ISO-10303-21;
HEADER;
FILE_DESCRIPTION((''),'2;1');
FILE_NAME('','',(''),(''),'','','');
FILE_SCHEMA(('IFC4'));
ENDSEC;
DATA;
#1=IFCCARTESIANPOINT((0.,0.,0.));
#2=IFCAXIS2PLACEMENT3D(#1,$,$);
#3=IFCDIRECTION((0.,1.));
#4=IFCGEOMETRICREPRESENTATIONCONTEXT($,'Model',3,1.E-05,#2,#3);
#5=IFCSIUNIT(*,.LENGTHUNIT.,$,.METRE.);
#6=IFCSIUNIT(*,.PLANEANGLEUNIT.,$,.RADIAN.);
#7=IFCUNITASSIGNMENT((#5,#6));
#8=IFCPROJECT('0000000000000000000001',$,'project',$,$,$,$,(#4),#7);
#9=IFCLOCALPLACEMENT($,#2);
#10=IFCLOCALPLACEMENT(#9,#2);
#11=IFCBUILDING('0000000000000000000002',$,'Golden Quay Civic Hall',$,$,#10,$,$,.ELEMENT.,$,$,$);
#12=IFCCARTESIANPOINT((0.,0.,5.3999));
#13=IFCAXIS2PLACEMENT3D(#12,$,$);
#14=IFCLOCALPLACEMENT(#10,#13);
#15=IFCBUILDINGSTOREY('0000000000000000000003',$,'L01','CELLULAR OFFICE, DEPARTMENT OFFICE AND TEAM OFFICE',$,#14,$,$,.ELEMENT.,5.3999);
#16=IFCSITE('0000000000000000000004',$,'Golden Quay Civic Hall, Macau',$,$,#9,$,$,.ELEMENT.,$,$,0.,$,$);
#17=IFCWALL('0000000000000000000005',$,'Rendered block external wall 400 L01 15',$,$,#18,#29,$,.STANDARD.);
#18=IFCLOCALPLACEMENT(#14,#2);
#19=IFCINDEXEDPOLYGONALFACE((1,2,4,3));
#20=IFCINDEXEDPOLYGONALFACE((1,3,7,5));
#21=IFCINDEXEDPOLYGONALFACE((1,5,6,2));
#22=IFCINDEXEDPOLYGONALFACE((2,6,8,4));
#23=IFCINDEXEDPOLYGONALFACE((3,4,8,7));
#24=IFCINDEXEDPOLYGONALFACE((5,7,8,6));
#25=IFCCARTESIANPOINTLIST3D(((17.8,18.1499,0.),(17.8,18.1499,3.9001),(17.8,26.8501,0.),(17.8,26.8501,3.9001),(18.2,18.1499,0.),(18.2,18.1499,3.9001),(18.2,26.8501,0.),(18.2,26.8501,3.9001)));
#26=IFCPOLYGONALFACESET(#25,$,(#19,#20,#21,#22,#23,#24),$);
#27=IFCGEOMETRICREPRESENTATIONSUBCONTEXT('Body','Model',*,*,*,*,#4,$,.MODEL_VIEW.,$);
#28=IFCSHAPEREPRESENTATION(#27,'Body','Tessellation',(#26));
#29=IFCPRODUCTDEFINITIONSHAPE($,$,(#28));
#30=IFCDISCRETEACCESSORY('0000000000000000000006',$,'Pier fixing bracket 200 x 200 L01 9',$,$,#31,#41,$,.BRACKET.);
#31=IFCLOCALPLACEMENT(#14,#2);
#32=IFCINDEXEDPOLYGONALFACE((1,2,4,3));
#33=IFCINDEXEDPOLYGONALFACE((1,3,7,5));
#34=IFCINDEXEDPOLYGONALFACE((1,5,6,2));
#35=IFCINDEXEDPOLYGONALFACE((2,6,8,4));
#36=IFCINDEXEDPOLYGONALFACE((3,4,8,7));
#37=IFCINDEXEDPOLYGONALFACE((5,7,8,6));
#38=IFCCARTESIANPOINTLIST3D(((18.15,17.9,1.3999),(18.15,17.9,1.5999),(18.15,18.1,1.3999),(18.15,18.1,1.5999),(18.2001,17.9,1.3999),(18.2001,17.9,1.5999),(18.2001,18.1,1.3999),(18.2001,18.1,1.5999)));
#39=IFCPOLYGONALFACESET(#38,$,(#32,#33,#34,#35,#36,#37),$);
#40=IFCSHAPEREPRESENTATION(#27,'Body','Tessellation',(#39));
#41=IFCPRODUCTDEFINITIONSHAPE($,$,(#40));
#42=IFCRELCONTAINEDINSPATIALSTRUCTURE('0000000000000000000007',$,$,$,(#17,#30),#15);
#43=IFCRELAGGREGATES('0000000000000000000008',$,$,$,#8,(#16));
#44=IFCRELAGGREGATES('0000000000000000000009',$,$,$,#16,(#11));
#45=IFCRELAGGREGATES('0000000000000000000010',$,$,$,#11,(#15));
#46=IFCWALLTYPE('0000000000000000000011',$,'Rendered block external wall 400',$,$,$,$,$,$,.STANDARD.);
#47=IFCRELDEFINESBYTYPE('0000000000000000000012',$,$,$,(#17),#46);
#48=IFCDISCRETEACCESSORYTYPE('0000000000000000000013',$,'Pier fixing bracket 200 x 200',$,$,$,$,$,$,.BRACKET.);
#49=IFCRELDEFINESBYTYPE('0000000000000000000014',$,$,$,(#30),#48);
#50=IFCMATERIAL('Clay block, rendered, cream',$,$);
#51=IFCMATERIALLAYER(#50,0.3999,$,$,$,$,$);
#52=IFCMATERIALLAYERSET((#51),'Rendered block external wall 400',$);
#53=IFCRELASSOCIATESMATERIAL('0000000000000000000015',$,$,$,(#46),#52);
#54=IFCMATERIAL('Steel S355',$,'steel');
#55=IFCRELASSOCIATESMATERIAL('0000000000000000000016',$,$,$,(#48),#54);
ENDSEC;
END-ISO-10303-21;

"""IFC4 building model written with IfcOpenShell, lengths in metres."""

from ifc_helpers import new_model, si_unit, direction, frame, frame_2d, origin, origin_2d, place, context, subcontext, project, spatial, rectangle, extrude, material, layer, layer_set, type_object, element, save


model = new_model("IFC4")

# Units and contexts
model_context = context("Model", 3, precision=1e-05, world=origin(), true_north=direction((0.0, 1.0)))
body_context = subcontext(model_context, "Body", "Model", "MODEL_VIEW")
ifc_project = project(units=[si_unit("LENGTHUNIT", "METRE"), si_unit("PLANEANGLEUNIT", "RADIAN")], contexts=[model_context])

# Site, building, storey
site_placement = place(None, origin())
site = spatial("IfcSite", under=ifc_project, at=site_placement, Name="Golden Quay Civic Hall, Macau", CompositionType="ELEMENT", RefElevation=0.0)
building_placement = place(site_placement, origin())
building = spatial("IfcBuilding", under=site, at=building_placement, Name="Golden Quay Civic Hall", CompositionType="ELEMENT")
storey_placement = place(building_placement, frame((0.0, 0.0, 5.3999)))
storey = spatial("IfcBuildingStorey", under=building, at=storey_placement, Name="L01", Description="CELLULAR OFFICE, DEPARTMENT OFFICE AND TEAM OFFICE", CompositionType="ELEMENT", Elevation=5.3999)

# Shared definitions
ifc_material_1 = material(Name="Clay block, rendered, cream")
ifc_layer_1 = layer(ifc_material_1, 0.3999)
ifc_layer_set_1 = layer_set([ifc_layer_1], Name="Rendered block external wall 400")
wall_type_1 = type_object("IfcWallType", Name="Rendered block external wall 400", PredefinedType="STANDARD", material=ifc_layer_set_1)

# Wall
wall_1_placement = place(storey_placement, frame((18.0, 26.8501, 0.0), z_axis=(0.0, 0.0, 1.0), x_axis=(0.0, -1.0, 0.0)))
element("IfcWall", 1, at=wall_1_placement, inside=storey, type_object=wall_type_1, Name="Rendered block external wall 400 L01 15", PredefinedType="STANDARD", context=body_context, shape_type="SweptSolid", body=[
    extrude(rectangle(XDim=8.7002, YDim=0.3999, at=frame_2d((4.3501, 0.0))), origin(), (0.0, 0.0, 1.0), 3.9001),
])

# Discrete accessory
ifc_material_2 = material(Name="Steel S355", Category="steel")
discrete_accessory_type = type_object("IfcDiscreteAccessoryType", Name="Pier fixing bracket 200 x 200", PredefinedType="BRACKET", material=ifc_material_2)
discrete_accessory_placement = place(storey_placement, frame((18.175, 18.0, 1.3999), z_axis=(0.0, 0.0, 1.0), x_axis=(0.0, 1.0, 0.0)))
element("IfcDiscreteAccessory", 2, at=discrete_accessory_placement, inside=storey, type_object=discrete_accessory_type, Name="Pier fixing bracket 200 x 200 L01 9", PredefinedType="BRACKET", context=body_context, shape_type="SweptSolid", body=[
    extrude(rectangle(XDim=0.2, YDim=0.05, at=origin_2d()), origin(), (0.0, 0.0, 1.0), 0.2),
])

save(model, "model.ifc")
